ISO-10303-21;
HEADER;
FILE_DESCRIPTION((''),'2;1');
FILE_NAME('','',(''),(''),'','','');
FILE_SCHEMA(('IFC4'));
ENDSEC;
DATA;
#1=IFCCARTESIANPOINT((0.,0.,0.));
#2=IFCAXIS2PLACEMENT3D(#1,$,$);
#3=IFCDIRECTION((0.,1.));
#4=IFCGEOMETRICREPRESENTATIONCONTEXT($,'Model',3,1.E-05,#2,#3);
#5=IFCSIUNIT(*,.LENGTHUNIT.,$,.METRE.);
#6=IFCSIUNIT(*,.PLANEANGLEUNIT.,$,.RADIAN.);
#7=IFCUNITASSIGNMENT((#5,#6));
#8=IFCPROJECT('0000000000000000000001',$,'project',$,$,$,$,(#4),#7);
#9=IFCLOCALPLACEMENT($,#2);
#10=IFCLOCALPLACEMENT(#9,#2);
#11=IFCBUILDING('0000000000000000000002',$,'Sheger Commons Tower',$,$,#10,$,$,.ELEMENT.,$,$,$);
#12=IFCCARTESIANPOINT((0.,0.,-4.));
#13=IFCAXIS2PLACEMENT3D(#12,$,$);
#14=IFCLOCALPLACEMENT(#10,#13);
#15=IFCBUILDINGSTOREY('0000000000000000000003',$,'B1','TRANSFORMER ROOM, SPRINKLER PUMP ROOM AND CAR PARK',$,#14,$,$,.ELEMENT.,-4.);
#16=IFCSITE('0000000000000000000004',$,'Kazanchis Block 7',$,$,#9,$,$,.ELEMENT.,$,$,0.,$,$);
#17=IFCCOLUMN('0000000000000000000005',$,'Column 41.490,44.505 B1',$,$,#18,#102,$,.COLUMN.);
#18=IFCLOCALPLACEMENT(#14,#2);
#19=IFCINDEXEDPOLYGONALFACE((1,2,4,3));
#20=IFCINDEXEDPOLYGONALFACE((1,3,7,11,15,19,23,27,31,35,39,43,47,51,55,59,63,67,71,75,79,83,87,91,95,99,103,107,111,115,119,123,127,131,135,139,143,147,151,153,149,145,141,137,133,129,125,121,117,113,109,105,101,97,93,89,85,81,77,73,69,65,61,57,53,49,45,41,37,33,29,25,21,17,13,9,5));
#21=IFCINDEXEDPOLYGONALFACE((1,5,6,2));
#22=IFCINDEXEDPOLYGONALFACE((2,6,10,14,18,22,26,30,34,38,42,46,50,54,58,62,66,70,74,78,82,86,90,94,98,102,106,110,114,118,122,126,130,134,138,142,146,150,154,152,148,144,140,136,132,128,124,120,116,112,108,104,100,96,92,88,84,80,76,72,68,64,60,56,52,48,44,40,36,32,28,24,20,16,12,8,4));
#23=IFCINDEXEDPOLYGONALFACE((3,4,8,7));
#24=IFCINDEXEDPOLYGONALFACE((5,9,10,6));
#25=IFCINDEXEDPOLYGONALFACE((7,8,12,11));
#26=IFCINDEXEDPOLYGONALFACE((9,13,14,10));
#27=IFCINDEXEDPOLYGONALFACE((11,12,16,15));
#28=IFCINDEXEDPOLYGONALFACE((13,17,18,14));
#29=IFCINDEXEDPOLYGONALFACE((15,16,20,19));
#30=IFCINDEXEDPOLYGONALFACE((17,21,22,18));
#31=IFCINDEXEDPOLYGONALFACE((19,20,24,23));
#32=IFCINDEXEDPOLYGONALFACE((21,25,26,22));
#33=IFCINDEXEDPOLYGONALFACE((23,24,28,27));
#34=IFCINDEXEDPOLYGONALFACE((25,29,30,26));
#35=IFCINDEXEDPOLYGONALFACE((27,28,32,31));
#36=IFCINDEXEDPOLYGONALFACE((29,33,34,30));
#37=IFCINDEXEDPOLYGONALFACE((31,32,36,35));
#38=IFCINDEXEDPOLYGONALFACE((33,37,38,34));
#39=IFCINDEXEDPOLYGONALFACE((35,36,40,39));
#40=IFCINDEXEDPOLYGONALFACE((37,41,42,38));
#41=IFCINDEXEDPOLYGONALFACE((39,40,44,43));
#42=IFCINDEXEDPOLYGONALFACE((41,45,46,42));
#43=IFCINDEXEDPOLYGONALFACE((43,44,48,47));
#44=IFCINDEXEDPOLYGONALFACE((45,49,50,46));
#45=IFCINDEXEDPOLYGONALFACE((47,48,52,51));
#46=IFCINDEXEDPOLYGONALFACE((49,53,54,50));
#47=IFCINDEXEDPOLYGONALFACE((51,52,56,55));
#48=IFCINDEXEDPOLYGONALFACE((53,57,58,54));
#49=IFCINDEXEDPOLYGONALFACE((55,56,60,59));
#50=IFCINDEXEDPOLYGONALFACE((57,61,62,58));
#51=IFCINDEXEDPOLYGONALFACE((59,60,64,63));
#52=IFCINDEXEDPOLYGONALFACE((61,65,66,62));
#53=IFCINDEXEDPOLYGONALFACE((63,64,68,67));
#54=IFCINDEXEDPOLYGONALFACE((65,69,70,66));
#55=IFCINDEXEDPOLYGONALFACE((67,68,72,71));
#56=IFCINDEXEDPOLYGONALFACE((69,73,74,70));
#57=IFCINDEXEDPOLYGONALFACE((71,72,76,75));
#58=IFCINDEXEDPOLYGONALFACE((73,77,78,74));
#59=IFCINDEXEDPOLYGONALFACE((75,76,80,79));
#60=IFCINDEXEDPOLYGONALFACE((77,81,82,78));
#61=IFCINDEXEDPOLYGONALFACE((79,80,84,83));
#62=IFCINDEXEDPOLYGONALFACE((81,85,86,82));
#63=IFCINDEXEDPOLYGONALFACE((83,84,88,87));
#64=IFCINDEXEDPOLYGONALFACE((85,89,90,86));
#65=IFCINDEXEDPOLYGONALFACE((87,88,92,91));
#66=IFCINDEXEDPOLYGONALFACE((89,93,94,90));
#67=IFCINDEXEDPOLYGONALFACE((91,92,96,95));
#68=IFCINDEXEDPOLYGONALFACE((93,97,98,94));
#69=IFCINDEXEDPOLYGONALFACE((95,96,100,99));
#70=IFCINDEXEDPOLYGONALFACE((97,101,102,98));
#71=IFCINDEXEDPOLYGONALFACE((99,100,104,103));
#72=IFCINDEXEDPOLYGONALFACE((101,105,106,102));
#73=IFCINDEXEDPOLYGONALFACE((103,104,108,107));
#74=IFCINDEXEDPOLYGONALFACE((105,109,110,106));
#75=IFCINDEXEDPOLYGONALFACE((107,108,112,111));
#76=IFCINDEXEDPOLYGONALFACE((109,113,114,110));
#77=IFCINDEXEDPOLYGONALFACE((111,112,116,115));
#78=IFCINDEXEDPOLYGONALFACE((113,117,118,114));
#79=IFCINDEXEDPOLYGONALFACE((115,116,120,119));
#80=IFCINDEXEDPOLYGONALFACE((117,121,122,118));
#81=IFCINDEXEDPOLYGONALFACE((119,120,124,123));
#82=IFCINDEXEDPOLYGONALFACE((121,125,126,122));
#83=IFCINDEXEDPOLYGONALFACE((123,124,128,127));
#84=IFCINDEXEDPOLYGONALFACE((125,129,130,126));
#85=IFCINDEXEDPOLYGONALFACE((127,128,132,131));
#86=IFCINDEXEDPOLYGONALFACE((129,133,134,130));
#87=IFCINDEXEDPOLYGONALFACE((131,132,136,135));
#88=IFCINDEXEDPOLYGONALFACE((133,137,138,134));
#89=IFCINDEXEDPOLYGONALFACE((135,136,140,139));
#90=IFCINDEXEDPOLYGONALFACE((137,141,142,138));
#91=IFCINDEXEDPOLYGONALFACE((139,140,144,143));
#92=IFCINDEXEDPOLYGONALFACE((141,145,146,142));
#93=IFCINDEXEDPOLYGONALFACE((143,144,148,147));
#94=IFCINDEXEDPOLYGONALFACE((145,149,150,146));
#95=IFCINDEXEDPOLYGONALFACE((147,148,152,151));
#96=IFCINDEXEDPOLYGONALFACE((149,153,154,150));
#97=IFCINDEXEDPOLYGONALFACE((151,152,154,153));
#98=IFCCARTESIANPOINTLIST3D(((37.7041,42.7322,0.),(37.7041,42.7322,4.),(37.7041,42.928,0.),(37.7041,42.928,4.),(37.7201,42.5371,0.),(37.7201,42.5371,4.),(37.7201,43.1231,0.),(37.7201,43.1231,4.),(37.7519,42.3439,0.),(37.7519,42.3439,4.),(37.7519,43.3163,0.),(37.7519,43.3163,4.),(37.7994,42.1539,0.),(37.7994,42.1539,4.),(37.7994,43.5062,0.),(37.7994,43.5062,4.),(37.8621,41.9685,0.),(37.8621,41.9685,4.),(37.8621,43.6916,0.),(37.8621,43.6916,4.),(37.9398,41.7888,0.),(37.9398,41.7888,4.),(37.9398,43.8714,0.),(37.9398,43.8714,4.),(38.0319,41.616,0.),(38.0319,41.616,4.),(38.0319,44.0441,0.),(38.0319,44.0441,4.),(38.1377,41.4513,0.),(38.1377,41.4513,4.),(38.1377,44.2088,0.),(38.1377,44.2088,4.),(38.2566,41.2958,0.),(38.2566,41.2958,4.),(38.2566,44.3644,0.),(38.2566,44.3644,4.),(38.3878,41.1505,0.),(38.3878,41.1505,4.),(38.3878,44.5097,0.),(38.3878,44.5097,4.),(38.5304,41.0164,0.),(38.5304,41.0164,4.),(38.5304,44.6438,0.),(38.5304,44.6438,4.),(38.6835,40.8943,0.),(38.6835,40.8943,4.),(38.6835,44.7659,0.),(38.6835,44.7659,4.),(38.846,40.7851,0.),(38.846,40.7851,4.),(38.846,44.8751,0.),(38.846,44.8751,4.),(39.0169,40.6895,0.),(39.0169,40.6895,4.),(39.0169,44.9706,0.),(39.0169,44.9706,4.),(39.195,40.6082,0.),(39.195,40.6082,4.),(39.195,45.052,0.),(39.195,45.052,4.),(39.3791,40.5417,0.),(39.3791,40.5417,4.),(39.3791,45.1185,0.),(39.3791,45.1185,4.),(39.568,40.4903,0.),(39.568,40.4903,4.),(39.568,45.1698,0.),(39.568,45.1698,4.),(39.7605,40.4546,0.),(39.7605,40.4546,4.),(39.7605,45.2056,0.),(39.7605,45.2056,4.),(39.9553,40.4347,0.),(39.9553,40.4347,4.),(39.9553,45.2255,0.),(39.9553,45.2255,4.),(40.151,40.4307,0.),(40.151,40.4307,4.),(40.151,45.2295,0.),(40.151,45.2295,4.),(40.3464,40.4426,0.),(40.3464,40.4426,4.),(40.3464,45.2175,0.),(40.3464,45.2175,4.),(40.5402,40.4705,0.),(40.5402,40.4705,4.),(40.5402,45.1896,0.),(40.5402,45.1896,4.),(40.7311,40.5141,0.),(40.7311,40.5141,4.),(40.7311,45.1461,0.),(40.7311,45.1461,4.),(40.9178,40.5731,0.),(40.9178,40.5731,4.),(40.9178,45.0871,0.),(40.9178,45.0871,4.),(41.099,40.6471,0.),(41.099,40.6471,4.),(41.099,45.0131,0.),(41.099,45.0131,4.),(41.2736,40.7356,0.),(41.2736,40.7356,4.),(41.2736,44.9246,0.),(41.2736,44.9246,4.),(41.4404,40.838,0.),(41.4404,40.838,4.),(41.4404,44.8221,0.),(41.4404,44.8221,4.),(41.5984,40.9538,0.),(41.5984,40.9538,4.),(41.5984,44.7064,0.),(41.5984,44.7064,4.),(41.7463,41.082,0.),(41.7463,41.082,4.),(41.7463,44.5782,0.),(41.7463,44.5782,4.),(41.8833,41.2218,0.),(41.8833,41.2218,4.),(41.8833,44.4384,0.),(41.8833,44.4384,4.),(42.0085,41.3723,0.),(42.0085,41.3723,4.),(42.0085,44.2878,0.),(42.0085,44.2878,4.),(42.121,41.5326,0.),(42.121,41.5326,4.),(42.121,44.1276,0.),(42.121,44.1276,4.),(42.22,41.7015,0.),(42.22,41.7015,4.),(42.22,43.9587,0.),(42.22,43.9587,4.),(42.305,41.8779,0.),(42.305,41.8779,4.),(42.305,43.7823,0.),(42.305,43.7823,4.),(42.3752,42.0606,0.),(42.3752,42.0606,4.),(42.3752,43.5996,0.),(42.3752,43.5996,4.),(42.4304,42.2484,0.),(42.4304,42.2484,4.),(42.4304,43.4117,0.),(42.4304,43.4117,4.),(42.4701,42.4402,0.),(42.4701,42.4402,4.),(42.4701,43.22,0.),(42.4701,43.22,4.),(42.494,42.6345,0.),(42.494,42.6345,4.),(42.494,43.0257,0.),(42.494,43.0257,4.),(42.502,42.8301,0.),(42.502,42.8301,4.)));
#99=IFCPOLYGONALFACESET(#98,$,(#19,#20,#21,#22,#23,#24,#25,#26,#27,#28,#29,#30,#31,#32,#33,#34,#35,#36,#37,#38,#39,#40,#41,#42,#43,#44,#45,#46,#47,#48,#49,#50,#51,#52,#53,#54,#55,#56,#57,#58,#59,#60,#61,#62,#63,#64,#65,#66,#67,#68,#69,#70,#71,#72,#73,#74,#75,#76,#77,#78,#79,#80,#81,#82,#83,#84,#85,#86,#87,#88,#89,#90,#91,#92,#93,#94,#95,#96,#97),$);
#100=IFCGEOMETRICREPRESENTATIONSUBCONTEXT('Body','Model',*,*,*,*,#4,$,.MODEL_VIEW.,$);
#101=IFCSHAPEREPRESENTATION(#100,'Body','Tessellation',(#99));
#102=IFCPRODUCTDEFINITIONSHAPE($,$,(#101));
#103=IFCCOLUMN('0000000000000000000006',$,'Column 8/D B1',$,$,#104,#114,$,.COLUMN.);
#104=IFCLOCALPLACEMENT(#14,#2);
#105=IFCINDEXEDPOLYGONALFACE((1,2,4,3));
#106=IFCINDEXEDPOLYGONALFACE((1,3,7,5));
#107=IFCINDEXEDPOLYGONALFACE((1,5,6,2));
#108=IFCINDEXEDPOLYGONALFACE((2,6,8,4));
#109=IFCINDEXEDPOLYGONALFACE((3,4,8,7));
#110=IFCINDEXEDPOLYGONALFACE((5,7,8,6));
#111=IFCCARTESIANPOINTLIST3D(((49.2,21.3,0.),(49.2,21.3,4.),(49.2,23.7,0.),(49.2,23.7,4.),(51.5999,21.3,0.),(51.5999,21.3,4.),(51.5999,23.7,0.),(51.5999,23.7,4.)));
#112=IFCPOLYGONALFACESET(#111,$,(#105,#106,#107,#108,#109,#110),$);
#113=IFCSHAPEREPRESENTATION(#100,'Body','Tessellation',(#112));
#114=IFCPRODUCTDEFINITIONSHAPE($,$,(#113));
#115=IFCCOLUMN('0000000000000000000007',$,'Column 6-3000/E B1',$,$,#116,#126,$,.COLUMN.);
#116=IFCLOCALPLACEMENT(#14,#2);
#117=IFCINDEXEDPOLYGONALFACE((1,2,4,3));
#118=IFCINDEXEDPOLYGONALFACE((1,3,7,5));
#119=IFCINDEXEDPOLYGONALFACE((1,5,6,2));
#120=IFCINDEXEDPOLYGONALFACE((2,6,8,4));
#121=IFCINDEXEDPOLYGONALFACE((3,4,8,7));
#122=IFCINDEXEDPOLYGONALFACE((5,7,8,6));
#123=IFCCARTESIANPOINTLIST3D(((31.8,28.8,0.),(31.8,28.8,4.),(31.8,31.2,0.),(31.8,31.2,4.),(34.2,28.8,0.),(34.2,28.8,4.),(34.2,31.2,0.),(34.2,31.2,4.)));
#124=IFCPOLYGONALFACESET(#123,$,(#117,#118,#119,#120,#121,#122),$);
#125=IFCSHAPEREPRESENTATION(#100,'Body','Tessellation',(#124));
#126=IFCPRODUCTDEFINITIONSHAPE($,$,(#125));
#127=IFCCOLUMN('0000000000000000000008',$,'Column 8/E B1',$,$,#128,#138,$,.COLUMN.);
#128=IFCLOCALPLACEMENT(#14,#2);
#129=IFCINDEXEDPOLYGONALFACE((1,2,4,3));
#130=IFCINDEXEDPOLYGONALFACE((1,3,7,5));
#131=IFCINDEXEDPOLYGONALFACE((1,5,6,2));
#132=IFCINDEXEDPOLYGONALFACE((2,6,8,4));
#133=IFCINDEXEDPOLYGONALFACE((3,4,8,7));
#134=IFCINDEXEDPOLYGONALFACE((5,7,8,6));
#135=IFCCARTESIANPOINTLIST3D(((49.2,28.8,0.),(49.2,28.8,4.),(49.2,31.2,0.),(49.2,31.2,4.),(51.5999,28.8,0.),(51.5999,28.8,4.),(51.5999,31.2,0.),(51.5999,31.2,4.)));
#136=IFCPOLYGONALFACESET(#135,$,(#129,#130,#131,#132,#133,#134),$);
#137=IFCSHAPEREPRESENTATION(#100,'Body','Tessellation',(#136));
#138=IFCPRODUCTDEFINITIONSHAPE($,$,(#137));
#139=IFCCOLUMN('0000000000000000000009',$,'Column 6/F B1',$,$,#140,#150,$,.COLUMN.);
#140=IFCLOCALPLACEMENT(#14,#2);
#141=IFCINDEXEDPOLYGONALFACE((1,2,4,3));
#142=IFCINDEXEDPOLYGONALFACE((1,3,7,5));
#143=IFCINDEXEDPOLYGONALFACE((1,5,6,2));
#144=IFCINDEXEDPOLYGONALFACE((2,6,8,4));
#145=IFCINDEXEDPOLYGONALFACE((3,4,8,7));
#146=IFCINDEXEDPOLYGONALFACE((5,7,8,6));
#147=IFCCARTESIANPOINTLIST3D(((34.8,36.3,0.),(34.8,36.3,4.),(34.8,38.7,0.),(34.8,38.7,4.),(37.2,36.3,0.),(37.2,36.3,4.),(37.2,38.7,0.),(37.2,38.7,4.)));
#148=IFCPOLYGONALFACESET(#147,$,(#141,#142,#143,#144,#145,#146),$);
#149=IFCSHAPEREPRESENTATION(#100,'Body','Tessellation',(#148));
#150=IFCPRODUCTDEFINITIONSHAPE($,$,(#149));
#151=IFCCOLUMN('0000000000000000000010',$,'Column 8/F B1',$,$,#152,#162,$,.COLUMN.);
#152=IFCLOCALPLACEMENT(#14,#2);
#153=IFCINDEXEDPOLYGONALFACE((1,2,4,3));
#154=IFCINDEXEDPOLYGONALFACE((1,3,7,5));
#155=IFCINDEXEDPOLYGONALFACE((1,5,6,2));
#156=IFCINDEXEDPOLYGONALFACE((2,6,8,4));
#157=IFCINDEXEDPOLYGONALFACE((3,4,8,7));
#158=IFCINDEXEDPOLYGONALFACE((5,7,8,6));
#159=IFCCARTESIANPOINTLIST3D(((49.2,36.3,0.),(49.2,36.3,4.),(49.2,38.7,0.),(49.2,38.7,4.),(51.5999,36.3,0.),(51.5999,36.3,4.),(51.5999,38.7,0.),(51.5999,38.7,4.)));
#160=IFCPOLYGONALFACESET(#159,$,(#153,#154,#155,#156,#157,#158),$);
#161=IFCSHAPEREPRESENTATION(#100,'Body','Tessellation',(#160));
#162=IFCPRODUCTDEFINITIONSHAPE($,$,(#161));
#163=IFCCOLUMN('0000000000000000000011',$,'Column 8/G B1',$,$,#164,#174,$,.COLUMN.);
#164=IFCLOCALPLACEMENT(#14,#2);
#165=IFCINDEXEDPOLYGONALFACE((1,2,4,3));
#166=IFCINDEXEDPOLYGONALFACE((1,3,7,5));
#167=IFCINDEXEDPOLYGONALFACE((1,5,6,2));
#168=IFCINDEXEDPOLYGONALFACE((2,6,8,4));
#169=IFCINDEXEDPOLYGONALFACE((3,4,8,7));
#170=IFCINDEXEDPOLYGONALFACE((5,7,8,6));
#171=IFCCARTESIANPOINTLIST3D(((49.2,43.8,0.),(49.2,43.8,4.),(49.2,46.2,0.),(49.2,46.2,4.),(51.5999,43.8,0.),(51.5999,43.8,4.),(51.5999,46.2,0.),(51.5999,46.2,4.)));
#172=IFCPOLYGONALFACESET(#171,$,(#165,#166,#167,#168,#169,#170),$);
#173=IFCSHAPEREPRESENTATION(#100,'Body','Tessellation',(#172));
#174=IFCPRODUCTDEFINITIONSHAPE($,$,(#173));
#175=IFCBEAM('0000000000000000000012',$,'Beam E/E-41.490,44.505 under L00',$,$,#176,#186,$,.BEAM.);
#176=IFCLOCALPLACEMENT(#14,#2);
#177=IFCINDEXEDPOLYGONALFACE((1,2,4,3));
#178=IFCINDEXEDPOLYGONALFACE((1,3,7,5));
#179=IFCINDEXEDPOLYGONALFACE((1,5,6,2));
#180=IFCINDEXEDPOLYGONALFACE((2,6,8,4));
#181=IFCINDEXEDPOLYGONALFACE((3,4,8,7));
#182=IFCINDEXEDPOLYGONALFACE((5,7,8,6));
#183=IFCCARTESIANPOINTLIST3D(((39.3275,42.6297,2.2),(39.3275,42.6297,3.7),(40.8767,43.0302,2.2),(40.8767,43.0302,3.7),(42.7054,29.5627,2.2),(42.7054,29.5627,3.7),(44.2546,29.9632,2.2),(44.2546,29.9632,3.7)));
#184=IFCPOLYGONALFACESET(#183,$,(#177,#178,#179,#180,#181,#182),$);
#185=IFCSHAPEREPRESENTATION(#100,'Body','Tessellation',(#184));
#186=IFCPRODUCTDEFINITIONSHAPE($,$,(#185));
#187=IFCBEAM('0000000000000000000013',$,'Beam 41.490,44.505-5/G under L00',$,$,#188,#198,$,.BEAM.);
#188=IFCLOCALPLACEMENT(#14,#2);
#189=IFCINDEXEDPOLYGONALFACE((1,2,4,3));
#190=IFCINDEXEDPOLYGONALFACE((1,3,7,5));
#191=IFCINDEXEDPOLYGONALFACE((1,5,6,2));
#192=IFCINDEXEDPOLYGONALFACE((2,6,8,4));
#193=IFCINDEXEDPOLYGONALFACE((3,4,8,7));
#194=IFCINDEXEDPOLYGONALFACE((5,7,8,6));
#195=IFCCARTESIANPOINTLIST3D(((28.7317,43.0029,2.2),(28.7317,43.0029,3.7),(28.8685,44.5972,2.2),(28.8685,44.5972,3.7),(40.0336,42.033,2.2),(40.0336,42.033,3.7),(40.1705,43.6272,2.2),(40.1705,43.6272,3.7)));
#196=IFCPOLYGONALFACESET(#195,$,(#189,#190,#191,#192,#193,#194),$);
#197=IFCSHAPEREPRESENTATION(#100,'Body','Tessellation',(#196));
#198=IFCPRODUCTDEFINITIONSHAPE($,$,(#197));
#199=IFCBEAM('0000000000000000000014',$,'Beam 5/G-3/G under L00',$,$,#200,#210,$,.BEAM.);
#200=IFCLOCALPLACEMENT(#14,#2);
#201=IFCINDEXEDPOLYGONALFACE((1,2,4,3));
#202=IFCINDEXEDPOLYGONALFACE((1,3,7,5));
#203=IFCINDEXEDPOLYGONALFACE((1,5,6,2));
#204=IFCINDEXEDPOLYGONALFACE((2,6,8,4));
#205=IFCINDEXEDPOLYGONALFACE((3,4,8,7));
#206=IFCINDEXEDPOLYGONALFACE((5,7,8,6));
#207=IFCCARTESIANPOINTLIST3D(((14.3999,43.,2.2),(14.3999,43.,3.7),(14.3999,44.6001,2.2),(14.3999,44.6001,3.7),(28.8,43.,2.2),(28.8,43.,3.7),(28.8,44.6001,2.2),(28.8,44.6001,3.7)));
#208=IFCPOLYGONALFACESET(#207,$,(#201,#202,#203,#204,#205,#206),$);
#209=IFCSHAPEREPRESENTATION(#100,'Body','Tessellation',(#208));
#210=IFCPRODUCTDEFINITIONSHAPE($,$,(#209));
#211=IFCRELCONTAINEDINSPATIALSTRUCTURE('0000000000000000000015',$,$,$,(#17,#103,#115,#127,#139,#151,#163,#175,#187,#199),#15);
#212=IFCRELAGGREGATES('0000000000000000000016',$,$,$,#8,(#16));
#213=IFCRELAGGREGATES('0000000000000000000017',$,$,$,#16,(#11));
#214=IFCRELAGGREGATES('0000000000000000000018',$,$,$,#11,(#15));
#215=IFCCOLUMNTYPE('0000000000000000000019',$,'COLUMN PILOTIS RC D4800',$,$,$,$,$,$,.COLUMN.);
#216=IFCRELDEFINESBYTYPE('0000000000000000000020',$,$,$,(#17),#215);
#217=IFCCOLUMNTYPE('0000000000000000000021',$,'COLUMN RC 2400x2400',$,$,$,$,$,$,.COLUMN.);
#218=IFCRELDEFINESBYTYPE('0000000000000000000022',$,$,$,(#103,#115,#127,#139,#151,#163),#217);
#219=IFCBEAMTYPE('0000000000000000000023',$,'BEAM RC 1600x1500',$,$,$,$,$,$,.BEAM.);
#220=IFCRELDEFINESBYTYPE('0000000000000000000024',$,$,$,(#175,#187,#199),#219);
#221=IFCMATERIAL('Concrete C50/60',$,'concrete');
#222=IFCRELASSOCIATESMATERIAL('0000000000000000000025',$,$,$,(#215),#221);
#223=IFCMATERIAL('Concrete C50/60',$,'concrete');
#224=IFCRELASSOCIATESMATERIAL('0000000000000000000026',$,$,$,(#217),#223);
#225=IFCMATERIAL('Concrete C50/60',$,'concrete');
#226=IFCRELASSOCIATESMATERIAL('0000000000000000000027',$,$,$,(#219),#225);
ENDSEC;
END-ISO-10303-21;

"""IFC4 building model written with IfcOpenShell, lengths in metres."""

from ifc_helpers import new_model, si_unit, direction, frame, origin, origin_2d, place, context, subcontext, project, spatial, rectangle, circle, extrude, material, material_profile, profile_set, type_object, element, save


model = new_model("IFC4")

# Units and contexts
model_context = context("Model", 3, precision=1e-05, world=origin(), true_north=direction((0.0, 1.0)))
body_context = subcontext(model_context, "Body", "Model", "MODEL_VIEW")
ifc_project = project(units=[si_unit("LENGTHUNIT", "METRE"), si_unit("PLANEANGLEUNIT", "RADIAN")], contexts=[model_context])

# Site, building, storey
site_placement = place(None, origin())
site = spatial("IfcSite", under=ifc_project, at=site_placement, Name="Kazanchis Block 7", CompositionType="ELEMENT", RefElevation=0.0)
building_placement = place(site_placement, origin())
building = spatial("IfcBuilding", under=site, at=building_placement, Name="Sheger Commons Tower", CompositionType="ELEMENT")
storey_placement = place(building_placement, frame((0.0, 0.0, -4.0)))
storey = spatial("IfcBuildingStorey", under=building, at=storey_placement, Name="B1", Description="TRANSFORMER ROOM, SPRINKLER PUMP ROOM AND CAR PARK", CompositionType="ELEMENT", Elevation=-4.0)

# Columns
ifc_material_1 = material(Name="Concrete C50/60", Category="concrete")
ifc_material_profile_1 = material_profile(ifc_material_1, circle(Radius=2.3999, at=origin_2d()), Name="RC D4800")
ifc_profile_set_1 = profile_set([ifc_material_profile_1], Name="Concrete C50/60")
column_type_1 = type_object("IfcColumnType", Name="COLUMN PILOTIS RC D4800", PredefinedType="COLUMN", material=ifc_profile_set_1)
column_placement = place(storey_placement, frame((40.1021, 42.8301, 0.0), z_axis=(0.0, 0.0, 1.0), x_axis=(1.0, 0.0, 0.0)))
element("IfcColumn", 1, at=column_placement, inside=storey, type_object=column_type_1, Name="Column 41.490,44.505 B1", PredefinedType="COLUMN", context=body_context, shape_type="SweptSolid", body=[
    extrude(circle(Radius=2.3999, at=origin_2d()), origin(), (0.0, 0.0, 1.0), 4.0),
])
ifc_material_2 = material(Name="Concrete C50/60", Category="concrete")
ifc_material_profile_2 = material_profile(ifc_material_2, rectangle(XDim=2.3999, YDim=2.3999, at=origin_2d()), Name="RC 2400x2400")
ifc_profile_set_2 = profile_set([ifc_material_profile_2], Name="Concrete C50/60")
column_type_2 = type_object("IfcColumnType", Name="COLUMN RC 2400x2400", PredefinedType="COLUMN", material=ifc_profile_set_2)
for number, where, z_axis, x_axis, name in (
    (2, (50.3999, 22.5, 0.0), (0.0, 0.0, 1.0), (1.0, 0.0, 0.0), "Column 8/D B1"),
    (3, (33.0, 30.0, 0.0), (0.0, 0.0, 1.0), (1.0, 0.0, 0.0), "Column 6-3000/E B1"),
    (4, (50.3999, 30.0, 0.0), (0.0, 0.0, 1.0), (1.0, 0.0, 0.0), "Column 8/E B1"),
    (5, (36.0, 37.5, 0.0), (0.0, 0.0, 1.0), (1.0, 0.0, 0.0), "Column 6/F B1"),
    (6, (50.3999, 37.5, 0.0), (0.0, 0.0, 1.0), (1.0, 0.0, 0.0), "Column 8/F B1"),
    (7, (50.3999, 45.0, 0.0), (0.0, 0.0, 1.0), (1.0, 0.0, 0.0), "Column 8/G B1"),
):
    element("IfcColumn", number, at=place(storey_placement, frame(where, z_axis=z_axis, x_axis=x_axis)), inside=storey, type_object=column_type_2, Name=name, PredefinedType="COLUMN", context=body_context, shape_type="SweptSolid", body=[
        extrude(rectangle(XDim=2.3999, YDim=2.3999, at=origin_2d()), origin(), (0.0, 0.0, 1.0), 4.0),
    ])

# Beams
ifc_material_3 = material(Name="Concrete C50/60", Category="concrete")
ifc_material_profile_3 = material_profile(ifc_material_3, rectangle(XDim=1.6001, YDim=1.5, at=origin_2d()), Name="RC 1600x1500")
ifc_profile_set_3 = profile_set([ifc_material_profile_3], Name="Concrete C50/60")
beam_type_1 = type_object("IfcBeamType", Name="BEAM RC 1600x1500", PredefinedType="BEAM", material=ifc_profile_set_3)
beam_1_placement = place(storey_placement, frame((43.48, 29.7629, 2.95), z_axis=(-0.250278, 0.968174, 0.0), x_axis=(-0.968174, -0.250278, 0.0)))
element("IfcBeam", 8, at=beam_1_placement, inside=storey, type_object=beam_type_1, Name="Beam E/E-41.490,44.505 under L00", PredefinedType="BEAM", context=body_context, shape_type="SweptSolid", body=[
    extrude(rectangle(XDim=1.6001, YDim=1.5, at=origin_2d()), origin(), (0.0, 0.0, 1.0), 13.4966),
])
beam_2_placement = place(storey_placement, frame((40.1021, 42.8301, 2.95), z_axis=(-0.996337, 0.085509, 0.0), x_axis=(-0.085509, -0.996337, 0.0)))
element("IfcBeam", 9, at=beam_2_placement, inside=storey, type_object=beam_type_1, Name="Beam 41.490,44.505-5/G under L00", PredefinedType="BEAM", context=body_context, shape_type="SweptSolid", body=[
    extrude(rectangle(XDim=1.6001, YDim=1.5, at=origin_2d()), origin(), (0.0, 0.0, 1.0), 11.3435),
])
beam_3_placement = place(storey_placement, frame((28.8, 43.8, 2.95), z_axis=(-1.0, 0.0, 0.0), x_axis=(0.0, -1.0, 0.0)))
element("IfcBeam", 10, at=beam_3_placement, inside=storey, type_object=beam_type_1, Name="Beam 5/G-3/G under L00", PredefinedType="BEAM", context=body_context, shape_type="SweptSolid", body=[
    extrude(rectangle(XDim=1.6001, YDim=1.5, at=origin_2d()), origin(), (0.0, 0.0, 1.0), 14.4001),
])

save(model, "model.ifc")
